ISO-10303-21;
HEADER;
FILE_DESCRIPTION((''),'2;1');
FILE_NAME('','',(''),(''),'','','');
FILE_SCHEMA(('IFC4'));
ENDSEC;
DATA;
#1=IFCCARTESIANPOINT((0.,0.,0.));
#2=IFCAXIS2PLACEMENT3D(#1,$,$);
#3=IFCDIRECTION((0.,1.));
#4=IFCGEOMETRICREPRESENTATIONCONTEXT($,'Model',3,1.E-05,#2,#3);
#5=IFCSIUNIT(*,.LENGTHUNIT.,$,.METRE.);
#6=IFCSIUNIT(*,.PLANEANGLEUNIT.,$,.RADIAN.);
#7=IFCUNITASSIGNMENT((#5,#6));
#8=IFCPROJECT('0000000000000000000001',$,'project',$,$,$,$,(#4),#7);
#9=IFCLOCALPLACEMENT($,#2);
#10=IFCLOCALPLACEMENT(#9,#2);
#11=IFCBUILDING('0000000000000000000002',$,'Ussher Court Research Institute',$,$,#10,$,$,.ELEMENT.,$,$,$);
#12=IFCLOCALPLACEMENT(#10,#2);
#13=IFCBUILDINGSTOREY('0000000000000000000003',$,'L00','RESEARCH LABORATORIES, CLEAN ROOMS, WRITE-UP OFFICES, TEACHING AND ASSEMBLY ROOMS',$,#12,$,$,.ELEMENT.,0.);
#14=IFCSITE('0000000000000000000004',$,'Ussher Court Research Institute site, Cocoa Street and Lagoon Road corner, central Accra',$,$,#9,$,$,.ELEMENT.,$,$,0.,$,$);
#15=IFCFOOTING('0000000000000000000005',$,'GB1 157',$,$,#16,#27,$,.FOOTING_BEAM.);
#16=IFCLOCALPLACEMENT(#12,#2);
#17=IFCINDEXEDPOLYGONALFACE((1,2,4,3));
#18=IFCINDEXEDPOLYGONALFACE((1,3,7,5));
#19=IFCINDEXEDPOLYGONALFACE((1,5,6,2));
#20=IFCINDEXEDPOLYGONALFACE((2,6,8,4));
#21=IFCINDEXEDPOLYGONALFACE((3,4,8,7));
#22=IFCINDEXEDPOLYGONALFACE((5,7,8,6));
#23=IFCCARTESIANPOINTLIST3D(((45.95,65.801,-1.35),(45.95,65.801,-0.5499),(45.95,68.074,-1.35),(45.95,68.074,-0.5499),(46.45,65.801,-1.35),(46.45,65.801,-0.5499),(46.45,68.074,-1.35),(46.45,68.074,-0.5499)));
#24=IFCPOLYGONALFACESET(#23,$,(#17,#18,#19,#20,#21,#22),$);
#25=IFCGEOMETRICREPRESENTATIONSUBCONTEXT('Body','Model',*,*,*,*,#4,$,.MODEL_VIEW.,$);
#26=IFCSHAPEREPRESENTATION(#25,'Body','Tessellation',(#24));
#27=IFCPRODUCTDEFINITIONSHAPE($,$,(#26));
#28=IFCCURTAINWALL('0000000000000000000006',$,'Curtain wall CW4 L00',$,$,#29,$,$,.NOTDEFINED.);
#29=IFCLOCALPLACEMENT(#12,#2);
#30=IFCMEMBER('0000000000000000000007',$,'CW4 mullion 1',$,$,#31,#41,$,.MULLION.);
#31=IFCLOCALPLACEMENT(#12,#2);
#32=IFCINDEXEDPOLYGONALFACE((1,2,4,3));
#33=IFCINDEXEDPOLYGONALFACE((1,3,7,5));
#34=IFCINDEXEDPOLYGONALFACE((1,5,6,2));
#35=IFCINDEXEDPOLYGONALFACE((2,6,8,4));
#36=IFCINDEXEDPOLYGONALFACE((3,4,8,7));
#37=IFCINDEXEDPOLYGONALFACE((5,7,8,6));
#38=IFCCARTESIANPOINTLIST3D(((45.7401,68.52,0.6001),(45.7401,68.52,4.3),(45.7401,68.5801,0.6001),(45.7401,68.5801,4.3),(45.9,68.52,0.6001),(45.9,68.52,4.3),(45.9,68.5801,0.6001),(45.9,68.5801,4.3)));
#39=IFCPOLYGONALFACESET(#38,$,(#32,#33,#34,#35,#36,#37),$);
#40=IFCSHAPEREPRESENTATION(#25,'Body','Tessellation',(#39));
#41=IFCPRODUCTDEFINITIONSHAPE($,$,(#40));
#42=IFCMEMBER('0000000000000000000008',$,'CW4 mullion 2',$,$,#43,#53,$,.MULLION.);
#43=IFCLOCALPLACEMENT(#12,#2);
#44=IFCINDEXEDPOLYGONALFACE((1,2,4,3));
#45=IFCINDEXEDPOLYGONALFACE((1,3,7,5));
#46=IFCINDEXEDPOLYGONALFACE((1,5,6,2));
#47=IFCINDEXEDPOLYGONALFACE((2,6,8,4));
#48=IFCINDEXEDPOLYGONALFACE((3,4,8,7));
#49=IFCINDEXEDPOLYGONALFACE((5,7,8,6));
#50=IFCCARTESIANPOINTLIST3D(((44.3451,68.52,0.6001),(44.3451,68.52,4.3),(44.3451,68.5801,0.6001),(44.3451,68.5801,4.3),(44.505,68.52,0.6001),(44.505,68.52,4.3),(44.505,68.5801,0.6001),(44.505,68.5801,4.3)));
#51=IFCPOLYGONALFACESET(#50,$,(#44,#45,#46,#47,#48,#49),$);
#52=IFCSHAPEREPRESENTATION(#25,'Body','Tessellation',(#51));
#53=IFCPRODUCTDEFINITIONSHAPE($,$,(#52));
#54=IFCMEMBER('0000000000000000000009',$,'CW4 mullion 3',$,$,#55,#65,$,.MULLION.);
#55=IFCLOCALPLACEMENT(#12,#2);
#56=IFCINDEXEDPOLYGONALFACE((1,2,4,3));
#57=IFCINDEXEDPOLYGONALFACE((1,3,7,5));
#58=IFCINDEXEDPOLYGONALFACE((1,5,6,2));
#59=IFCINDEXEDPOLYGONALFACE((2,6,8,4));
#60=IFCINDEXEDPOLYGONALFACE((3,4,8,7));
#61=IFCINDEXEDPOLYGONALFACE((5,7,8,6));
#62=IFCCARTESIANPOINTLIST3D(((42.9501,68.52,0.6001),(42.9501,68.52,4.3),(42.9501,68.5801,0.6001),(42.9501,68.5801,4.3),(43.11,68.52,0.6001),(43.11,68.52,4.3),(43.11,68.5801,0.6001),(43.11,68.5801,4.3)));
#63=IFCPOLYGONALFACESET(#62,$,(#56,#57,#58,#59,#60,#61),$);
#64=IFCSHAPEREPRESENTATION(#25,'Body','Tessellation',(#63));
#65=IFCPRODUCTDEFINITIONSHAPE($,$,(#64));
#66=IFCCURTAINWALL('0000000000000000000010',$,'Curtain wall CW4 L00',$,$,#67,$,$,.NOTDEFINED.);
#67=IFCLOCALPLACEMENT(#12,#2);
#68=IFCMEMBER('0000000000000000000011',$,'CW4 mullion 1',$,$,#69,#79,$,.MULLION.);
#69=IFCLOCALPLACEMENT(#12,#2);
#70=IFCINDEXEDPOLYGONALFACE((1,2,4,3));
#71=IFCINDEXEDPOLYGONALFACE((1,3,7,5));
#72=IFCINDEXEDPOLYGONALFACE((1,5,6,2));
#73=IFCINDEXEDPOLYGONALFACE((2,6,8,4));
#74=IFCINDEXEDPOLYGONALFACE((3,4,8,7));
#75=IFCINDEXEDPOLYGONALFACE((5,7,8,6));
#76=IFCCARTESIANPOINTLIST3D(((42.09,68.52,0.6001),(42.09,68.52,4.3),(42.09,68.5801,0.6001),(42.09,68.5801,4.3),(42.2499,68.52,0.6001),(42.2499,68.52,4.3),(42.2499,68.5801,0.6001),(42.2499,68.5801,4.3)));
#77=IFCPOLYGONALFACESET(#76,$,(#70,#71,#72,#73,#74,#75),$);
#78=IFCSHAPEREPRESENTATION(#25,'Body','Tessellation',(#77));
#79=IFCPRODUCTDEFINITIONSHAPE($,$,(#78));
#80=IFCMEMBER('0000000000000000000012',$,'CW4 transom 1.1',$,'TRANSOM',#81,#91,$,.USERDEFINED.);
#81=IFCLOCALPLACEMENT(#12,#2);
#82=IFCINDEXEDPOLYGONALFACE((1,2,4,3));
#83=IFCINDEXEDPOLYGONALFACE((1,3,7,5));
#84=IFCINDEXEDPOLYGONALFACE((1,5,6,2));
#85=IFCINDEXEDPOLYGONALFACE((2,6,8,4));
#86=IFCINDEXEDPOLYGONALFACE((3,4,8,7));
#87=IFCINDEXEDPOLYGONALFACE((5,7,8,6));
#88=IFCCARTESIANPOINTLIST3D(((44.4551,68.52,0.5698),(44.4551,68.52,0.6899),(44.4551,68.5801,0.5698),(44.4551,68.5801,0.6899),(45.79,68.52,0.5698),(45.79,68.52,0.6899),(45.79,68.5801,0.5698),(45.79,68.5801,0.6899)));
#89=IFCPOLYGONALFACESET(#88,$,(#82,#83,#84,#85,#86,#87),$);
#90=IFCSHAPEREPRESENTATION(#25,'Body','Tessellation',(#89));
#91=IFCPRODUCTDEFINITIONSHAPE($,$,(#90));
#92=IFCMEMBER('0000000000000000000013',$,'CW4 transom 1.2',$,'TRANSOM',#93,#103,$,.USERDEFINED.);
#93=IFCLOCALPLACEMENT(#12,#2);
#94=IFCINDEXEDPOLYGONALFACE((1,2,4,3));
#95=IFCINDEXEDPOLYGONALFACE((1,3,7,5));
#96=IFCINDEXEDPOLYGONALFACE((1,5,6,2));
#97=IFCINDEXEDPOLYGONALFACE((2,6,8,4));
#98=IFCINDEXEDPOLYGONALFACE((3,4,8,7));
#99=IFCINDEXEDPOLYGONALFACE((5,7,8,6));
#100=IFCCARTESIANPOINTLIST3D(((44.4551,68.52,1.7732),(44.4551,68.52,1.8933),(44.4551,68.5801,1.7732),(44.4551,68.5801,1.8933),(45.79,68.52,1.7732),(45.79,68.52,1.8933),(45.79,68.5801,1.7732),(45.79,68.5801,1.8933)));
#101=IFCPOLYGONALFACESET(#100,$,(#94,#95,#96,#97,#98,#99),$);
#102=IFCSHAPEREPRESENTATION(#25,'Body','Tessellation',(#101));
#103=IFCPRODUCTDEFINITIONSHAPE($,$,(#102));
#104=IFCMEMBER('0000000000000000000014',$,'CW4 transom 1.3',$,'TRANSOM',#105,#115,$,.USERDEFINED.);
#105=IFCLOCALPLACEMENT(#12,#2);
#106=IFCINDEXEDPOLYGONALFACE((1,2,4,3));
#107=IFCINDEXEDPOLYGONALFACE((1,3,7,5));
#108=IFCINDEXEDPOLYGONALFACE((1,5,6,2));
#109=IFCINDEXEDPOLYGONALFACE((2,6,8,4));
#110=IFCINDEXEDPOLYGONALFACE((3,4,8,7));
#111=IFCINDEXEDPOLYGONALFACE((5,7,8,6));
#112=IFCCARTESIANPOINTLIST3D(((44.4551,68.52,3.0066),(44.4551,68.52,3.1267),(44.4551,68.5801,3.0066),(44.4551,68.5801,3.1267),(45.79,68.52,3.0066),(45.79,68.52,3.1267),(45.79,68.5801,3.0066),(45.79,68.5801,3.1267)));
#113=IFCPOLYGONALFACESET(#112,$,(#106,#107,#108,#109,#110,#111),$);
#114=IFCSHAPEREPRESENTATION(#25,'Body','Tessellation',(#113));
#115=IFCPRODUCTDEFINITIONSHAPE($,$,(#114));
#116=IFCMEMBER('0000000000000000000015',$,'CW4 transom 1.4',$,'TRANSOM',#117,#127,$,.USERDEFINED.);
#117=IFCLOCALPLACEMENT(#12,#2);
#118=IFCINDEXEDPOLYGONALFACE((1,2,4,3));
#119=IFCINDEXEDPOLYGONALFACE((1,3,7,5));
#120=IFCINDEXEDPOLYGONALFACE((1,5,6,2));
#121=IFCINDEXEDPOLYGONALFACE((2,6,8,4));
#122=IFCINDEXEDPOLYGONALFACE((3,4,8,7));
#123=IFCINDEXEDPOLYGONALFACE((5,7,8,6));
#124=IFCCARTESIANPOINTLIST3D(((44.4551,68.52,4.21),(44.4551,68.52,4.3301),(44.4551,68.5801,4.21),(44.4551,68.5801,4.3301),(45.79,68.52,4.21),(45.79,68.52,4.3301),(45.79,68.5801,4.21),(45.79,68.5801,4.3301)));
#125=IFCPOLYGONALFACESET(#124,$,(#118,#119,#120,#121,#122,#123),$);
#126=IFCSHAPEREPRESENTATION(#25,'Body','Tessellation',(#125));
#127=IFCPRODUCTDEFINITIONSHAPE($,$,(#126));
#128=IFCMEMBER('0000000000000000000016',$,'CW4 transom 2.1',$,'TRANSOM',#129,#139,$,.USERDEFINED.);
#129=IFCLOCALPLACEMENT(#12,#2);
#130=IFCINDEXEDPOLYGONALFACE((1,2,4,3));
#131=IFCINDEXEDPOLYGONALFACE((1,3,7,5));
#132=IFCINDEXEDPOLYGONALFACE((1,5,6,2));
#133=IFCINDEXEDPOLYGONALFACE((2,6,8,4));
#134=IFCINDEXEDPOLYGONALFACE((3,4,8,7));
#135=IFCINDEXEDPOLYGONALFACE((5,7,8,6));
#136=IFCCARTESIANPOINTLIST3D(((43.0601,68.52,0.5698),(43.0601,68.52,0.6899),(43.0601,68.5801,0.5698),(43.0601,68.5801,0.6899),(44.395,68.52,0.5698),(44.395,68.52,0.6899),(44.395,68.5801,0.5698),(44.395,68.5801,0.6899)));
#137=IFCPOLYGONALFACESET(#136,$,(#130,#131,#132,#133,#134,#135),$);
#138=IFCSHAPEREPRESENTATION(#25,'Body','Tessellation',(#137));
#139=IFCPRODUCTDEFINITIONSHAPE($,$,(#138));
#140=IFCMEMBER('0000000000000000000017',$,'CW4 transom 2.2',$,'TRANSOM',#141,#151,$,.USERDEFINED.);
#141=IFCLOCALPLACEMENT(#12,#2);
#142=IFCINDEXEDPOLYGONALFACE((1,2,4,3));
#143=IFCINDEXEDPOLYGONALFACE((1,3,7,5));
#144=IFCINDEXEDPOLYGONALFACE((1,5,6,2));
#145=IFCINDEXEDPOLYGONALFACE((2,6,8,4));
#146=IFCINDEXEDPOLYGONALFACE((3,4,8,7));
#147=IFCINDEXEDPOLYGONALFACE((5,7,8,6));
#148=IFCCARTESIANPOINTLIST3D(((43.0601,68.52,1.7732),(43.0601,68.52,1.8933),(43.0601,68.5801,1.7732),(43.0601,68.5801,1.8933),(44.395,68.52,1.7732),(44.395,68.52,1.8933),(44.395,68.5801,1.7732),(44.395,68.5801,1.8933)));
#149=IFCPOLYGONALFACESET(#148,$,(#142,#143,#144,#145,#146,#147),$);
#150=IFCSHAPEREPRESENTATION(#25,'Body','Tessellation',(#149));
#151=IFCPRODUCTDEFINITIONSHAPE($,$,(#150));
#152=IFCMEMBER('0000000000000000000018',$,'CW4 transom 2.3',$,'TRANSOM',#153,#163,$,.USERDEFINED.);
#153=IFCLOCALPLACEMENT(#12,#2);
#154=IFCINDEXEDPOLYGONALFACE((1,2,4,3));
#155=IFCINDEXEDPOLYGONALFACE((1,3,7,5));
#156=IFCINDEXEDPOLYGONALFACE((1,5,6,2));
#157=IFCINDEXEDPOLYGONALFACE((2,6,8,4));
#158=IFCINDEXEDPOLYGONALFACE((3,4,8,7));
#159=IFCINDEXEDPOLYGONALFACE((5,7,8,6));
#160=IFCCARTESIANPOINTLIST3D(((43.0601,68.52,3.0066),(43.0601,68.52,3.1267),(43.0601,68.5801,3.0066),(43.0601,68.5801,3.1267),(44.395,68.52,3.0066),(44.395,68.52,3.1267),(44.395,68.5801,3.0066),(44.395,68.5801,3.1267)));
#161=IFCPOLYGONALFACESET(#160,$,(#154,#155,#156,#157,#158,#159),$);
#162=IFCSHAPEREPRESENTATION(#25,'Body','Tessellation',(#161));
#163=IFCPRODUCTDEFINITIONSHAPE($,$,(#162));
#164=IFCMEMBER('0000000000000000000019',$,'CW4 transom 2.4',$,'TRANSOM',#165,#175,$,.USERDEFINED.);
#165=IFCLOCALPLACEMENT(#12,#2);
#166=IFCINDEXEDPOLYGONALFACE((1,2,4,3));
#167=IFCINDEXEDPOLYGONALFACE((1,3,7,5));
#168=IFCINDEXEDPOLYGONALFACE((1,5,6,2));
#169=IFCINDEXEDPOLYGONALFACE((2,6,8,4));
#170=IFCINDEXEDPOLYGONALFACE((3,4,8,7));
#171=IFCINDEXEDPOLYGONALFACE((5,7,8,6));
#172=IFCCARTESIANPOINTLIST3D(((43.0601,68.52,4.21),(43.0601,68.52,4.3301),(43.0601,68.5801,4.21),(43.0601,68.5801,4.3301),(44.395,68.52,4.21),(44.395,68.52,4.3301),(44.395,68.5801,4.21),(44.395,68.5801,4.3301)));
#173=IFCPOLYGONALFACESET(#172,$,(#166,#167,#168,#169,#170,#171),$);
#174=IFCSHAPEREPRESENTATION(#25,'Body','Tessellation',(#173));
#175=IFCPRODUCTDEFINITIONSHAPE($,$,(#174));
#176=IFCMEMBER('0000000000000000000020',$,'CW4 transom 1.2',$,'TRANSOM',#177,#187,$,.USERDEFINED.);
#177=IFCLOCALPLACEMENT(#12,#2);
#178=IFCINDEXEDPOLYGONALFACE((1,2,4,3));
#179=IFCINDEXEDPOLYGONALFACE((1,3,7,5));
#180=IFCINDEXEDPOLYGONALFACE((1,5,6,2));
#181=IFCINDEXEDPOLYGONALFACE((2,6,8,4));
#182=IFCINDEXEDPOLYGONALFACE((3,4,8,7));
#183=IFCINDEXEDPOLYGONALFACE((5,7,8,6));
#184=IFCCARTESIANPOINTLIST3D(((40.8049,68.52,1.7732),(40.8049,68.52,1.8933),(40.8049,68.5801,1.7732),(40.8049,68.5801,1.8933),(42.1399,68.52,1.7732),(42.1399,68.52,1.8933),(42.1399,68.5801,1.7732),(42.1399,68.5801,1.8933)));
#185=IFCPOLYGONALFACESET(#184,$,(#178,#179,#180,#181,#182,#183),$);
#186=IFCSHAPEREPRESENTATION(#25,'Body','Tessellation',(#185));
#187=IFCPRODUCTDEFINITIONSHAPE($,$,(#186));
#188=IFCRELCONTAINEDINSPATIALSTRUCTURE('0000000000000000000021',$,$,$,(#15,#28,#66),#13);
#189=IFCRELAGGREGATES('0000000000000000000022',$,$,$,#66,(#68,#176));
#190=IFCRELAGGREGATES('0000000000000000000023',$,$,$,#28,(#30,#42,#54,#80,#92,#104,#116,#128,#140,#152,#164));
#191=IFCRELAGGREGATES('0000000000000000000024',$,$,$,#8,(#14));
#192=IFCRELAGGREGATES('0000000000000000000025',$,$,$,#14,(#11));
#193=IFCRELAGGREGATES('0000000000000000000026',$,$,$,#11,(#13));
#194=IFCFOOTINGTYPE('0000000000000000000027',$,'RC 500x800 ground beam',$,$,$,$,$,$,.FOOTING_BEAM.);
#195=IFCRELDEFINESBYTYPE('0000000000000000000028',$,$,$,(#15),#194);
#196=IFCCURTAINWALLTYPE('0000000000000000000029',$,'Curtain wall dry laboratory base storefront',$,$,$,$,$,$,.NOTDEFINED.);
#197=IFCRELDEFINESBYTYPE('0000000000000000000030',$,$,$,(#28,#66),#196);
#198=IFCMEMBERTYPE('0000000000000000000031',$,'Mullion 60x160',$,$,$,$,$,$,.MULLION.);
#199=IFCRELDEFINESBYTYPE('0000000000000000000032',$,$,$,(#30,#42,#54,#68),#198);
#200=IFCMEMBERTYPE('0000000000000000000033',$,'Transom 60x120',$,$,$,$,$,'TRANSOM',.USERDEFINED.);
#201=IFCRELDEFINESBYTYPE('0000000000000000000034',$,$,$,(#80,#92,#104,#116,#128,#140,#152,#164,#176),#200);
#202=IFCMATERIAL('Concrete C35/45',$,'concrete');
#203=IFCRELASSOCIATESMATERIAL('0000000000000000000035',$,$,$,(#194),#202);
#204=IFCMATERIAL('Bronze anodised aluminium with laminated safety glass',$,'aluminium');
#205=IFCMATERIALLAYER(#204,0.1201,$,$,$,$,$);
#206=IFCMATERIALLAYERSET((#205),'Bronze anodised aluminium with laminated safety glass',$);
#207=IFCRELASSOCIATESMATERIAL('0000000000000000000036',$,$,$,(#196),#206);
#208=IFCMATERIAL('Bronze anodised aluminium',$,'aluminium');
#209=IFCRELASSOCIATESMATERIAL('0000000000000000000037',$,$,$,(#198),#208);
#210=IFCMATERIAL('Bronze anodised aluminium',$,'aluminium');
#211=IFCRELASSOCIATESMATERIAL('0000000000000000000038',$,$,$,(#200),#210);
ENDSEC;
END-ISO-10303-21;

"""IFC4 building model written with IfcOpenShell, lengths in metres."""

from ifc_helpers import new_model, si_unit, direction, frame, origin, origin_2d, place, context, subcontext, project, spatial, rectangle, extrude, material, layer, layer_set, material_profile, profile_set, type_object, element, aggregate, save


model = new_model("IFC4")

# Units and contexts
model_context = context("Model", 3, precision=1e-05, world=origin(), true_north=direction((0.0, 1.0)))
body_context = subcontext(model_context, "Body", "Model", "MODEL_VIEW")
ifc_project = project(units=[si_unit("LENGTHUNIT", "METRE"), si_unit("PLANEANGLEUNIT", "RADIAN")], contexts=[model_context])

# Site, building, storey
site_placement = place(None, origin())
site = spatial("IfcSite", under=ifc_project, at=site_placement, Name="Ussher Court Research Institute site, Cocoa Street and Lagoon Road corner, central Accra", CompositionType="ELEMENT", RefElevation=0.0)
building_placement = place(site_placement, origin())
building = spatial("IfcBuilding", under=site, at=building_placement, Name="Ussher Court Research Institute", CompositionType="ELEMENT")
storey_placement = place(building_placement, origin())
storey = spatial("IfcBuildingStorey", under=building, at=storey_placement, Name="L00", Description="RESEARCH LABORATORIES, CLEAN ROOMS, WRITE-UP OFFICES, TEACHING AND ASSEMBLY ROOMS", CompositionType="ELEMENT", Elevation=0.0)

# Footing
ifc_material_1 = material(Name="Concrete C35/45", Category="concrete")
ifc_material_profile_1 = material_profile(ifc_material_1, rectangle(XDim=0.5, YDim=0.8, at=origin_2d()), Name="RC 500x800")
ifc_profile_set_1 = profile_set([ifc_material_profile_1], Name="Concrete C35/45")
footing_type = type_object("IfcFootingType", Name="RC 500x800 ground beam", PredefinedType="FOOTING_BEAM", material=ifc_profile_set_1)
footing_placement = place(storey_placement, frame((46.2, 65.801, -0.95), z_axis=(0.0, 1.0, 0.0), x_axis=(-1.0, 0.0, 0.0)))
element("IfcFooting", 1, at=footing_placement, inside=storey, type_object=footing_type, Name="GB1 157", PredefinedType="FOOTING_BEAM", context=body_context, shape_type="SweptSolid", body=[
    extrude(rectangle(XDim=0.5, YDim=0.8, at=origin_2d()), origin(), (0.0, 0.0, 1.0), 2.2729),
])

# Curtain wall, members
ifc_material_2 = material(Name="Bronze anodised aluminium with laminated safety glass", Category="aluminium")
ifc_layer_1 = layer(ifc_material_2, 0.1201)
ifc_layer_set_1 = layer_set([ifc_layer_1], Name="Bronze anodised aluminium with laminated safety glass")
curtain_wall_type = type_object("IfcCurtainWallType", Name="Curtain wall dry laboratory base storefront", PredefinedType="NOTDEFINED", material=ifc_layer_set_1)
curtain_wall_1_placement = place(storey_placement, origin())
curtain_wall_1 = element("IfcCurtainWall", 2, at=curtain_wall_1_placement, inside=storey, type_object=curtain_wall_type, Name="Curtain wall CW4 L00", PredefinedType="NOTDEFINED")
ifc_material_3 = material(Name="Bronze anodised aluminium", Category="aluminium")
ifc_material_profile_2 = material_profile(ifc_material_3, rectangle(XDim=0.0601, YDim=0.1599, at=origin_2d()), Name="Mullion 60x160")
ifc_profile_set_2 = profile_set([ifc_material_profile_2], Name="Bronze anodised aluminium")
member_type_1 = type_object("IfcMemberType", Name="Mullion 60x160", PredefinedType="MULLION", material=ifc_profile_set_2)
member_1_placement = place(storey_placement, frame((45.8201, 68.55, 0.6001), z_axis=(0.0, 0.0, 1.0), x_axis=(0.0, -1.0, 0.0)))
member_1 = element("IfcMember", 3, at=member_1_placement, type_object=member_type_1, Name="CW4 mullion 1", PredefinedType="MULLION", context=body_context, shape_type="SweptSolid", body=[
    extrude(rectangle(XDim=0.0601, YDim=0.1599, at=origin_2d()), origin(), (0.0, 0.0, 1.0), 3.7),
])
member_2_placement = place(storey_placement, frame((44.425, 68.55, 0.6001), z_axis=(0.0, 0.0, 1.0), x_axis=(0.0, -1.0, 0.0)))
member_2 = element("IfcMember", 4, at=member_2_placement, type_object=member_type_1, Name="CW4 mullion 2", PredefinedType="MULLION", context=body_context, shape_type="SweptSolid", body=[
    extrude(rectangle(XDim=0.0601, YDim=0.1599, at=origin_2d()), origin(), (0.0, 0.0, 1.0), 3.7),
])
member_3_placement = place(storey_placement, frame((43.03, 68.55, 0.6001), z_axis=(0.0, 0.0, 1.0), x_axis=(0.0, -1.0, 0.0)))
member_3 = element("IfcMember", 5, at=member_3_placement, type_object=member_type_1, Name="CW4 mullion 3", PredefinedType="MULLION", context=body_context, shape_type="SweptSolid", body=[
    extrude(rectangle(XDim=0.0601, YDim=0.1599, at=origin_2d()), origin(), (0.0, 0.0, 1.0), 3.7),
])

# Curtain wall, member
curtain_wall_2_placement = place(storey_placement, origin())
curtain_wall_2 = element("IfcCurtainWall", 6, at=curtain_wall_2_placement, inside=storey, type_object=curtain_wall_type, Name="Curtain wall CW4 L00", PredefinedType="NOTDEFINED")
member_4_placement = place(storey_placement, frame((42.1699, 68.55, 0.6001), z_axis=(0.0, 0.0, 1.0), x_axis=(0.0, -1.0, 0.0)))
member_4 = element("IfcMember", 7, at=member_4_placement, type_object=member_type_1, Name="CW4 mullion 1", PredefinedType="MULLION", context=body_context, shape_type="SweptSolid", body=[
    extrude(rectangle(XDim=0.0601, YDim=0.1599, at=origin_2d()), origin(), (0.0, 0.0, 1.0), 3.7),
])

# Members
ifc_material_4 = material(Name="Bronze anodised aluminium", Category="aluminium")
ifc_material_profile_3 = material_profile(ifc_material_4, rectangle(XDim=0.0601, YDim=0.1201, at=origin_2d()), Name="Transom 60x120")
ifc_profile_set_3 = profile_set([ifc_material_profile_3], Name="Bronze anodised aluminium")
member_type_2 = type_object("IfcMemberType", Name="Transom 60x120", ElementType="TRANSOM", PredefinedType="USERDEFINED", material=ifc_profile_set_3)
member_5_placement = place(storey_placement, frame((45.79, 68.55, 0.6299), z_axis=(-1.0, 0.0, 0.0), x_axis=(0.0, -1.0, 0.0)))
member_5 = element("IfcMember", 8, at=member_5_placement, type_object=member_type_2, Name="CW4 transom 1.1", ObjectType="TRANSOM", PredefinedType="USERDEFINED", context=body_context, shape_type="SweptSolid", body=[
    extrude(rectangle(XDim=0.0601, YDim=0.1201, at=origin_2d()), origin(), (0.0, 0.0, 1.0), 1.335),
])
member_6_placement = place(storey_placement, frame((45.79, 68.55, 1.8333), z_axis=(-1.0, 0.0, 0.0), x_axis=(0.0, -1.0, 0.0)))
member_6 = element("IfcMember", 9, at=member_6_placement, type_object=member_type_2, Name="CW4 transom 1.2", ObjectType="TRANSOM", PredefinedType="USERDEFINED", context=body_context, shape_type="SweptSolid", body=[
    extrude(rectangle(XDim=0.0601, YDim=0.1201, at=origin_2d()), origin(), (0.0, 0.0, 1.0), 1.335),
])
member_7_placement = place(storey_placement, frame((45.79, 68.55, 3.0667), z_axis=(-1.0, 0.0, 0.0), x_axis=(0.0, -1.0, 0.0)))
member_7 = element("IfcMember", 10, at=member_7_placement, type_object=member_type_2, Name="CW4 transom 1.3", ObjectType="TRANSOM", PredefinedType="USERDEFINED", context=body_context, shape_type="SweptSolid", body=[
    extrude(rectangle(XDim=0.0601, YDim=0.1201, at=origin_2d()), origin(), (0.0, 0.0, 1.0), 1.335),
])
member_8_placement = place(storey_placement, frame((45.79, 68.55, 4.27), z_axis=(-1.0, 0.0, 0.0), x_axis=(0.0, -1.0, 0.0)))
member_8 = element("IfcMember", 11, at=member_8_placement, type_object=member_type_2, Name="CW4 transom 1.4", ObjectType="TRANSOM", PredefinedType="USERDEFINED", context=body_context, shape_type="SweptSolid", body=[
    extrude(rectangle(XDim=0.0601, YDim=0.1201, at=origin_2d()), origin(), (0.0, 0.0, 1.0), 1.335),
])
member_9_placement = place(storey_placement, frame((44.395, 68.55, 0.6299), z_axis=(-1.0, 0.0, 0.0), x_axis=(0.0, -1.0, 0.0)))
member_9 = element("IfcMember", 12, at=member_9_placement, type_object=member_type_2, Name="CW4 transom 2.1", ObjectType="TRANSOM", PredefinedType="USERDEFINED", context=body_context, shape_type="SweptSolid", body=[
    extrude(rectangle(XDim=0.0601, YDim=0.1201, at=origin_2d()), origin(), (0.0, 0.0, 1.0), 1.335),
])
member_10_placement = place(storey_placement, frame((44.395, 68.55, 1.8333), z_axis=(-1.0, 0.0, 0.0), x_axis=(0.0, -1.0, 0.0)))
member_10 = element("IfcMember", 13, at=member_10_placement, type_object=member_type_2, Name="CW4 transom 2.2", ObjectType="TRANSOM", PredefinedType="USERDEFINED", context=body_context, shape_type="SweptSolid", body=[
    extrude(rectangle(XDim=0.0601, YDim=0.1201, at=origin_2d()), origin(), (0.0, 0.0, 1.0), 1.335),
])
member_11_placement = place(storey_placement, frame((44.395, 68.55, 3.0667), z_axis=(-1.0, 0.0, 0.0), x_axis=(0.0, -1.0, 0.0)))
member_11 = element("IfcMember", 14, at=member_11_placement, type_object=member_type_2, Name="CW4 transom 2.3", ObjectType="TRANSOM", PredefinedType="USERDEFINED", context=body_context, shape_type="SweptSolid", body=[
    extrude(rectangle(XDim=0.0601, YDim=0.1201, at=origin_2d()), origin(), (0.0, 0.0, 1.0), 1.335),
])
member_12_placement = place(storey_placement, frame((44.395, 68.55, 4.27), z_axis=(-1.0, 0.0, 0.0), x_axis=(0.0, -1.0, 0.0)))
member_12 = element("IfcMember", 15, at=member_12_placement, type_object=member_type_2, Name="CW4 transom 2.4", ObjectType="TRANSOM", PredefinedType="USERDEFINED", context=body_context, shape_type="SweptSolid", body=[
    extrude(rectangle(XDim=0.0601, YDim=0.1201, at=origin_2d()), origin(), (0.0, 0.0, 1.0), 1.335),
])
member_13_placement = place(storey_placement, frame((42.1399, 68.55, 1.8333), z_axis=(-1.0, 0.0, 0.0), x_axis=(0.0, -1.0, 0.0)))
member_13 = element("IfcMember", 16, at=member_13_placement, type_object=member_type_2, Name="CW4 transom 1.2", ObjectType="TRANSOM", PredefinedType="USERDEFINED", context=body_context, shape_type="SweptSolid", body=[
    extrude(rectangle(XDim=0.0601, YDim=0.1201, at=origin_2d()), origin(), (0.0, 0.0, 1.0), 1.335),
])
aggregate(curtain_wall_2, [member_4, member_13])

aggregate(curtain_wall_1, [member_1, member_2, member_3, member_5, member_6, member_7, member_8, member_9, member_10, member_11, member_12])

save(model, "model.ifc")
